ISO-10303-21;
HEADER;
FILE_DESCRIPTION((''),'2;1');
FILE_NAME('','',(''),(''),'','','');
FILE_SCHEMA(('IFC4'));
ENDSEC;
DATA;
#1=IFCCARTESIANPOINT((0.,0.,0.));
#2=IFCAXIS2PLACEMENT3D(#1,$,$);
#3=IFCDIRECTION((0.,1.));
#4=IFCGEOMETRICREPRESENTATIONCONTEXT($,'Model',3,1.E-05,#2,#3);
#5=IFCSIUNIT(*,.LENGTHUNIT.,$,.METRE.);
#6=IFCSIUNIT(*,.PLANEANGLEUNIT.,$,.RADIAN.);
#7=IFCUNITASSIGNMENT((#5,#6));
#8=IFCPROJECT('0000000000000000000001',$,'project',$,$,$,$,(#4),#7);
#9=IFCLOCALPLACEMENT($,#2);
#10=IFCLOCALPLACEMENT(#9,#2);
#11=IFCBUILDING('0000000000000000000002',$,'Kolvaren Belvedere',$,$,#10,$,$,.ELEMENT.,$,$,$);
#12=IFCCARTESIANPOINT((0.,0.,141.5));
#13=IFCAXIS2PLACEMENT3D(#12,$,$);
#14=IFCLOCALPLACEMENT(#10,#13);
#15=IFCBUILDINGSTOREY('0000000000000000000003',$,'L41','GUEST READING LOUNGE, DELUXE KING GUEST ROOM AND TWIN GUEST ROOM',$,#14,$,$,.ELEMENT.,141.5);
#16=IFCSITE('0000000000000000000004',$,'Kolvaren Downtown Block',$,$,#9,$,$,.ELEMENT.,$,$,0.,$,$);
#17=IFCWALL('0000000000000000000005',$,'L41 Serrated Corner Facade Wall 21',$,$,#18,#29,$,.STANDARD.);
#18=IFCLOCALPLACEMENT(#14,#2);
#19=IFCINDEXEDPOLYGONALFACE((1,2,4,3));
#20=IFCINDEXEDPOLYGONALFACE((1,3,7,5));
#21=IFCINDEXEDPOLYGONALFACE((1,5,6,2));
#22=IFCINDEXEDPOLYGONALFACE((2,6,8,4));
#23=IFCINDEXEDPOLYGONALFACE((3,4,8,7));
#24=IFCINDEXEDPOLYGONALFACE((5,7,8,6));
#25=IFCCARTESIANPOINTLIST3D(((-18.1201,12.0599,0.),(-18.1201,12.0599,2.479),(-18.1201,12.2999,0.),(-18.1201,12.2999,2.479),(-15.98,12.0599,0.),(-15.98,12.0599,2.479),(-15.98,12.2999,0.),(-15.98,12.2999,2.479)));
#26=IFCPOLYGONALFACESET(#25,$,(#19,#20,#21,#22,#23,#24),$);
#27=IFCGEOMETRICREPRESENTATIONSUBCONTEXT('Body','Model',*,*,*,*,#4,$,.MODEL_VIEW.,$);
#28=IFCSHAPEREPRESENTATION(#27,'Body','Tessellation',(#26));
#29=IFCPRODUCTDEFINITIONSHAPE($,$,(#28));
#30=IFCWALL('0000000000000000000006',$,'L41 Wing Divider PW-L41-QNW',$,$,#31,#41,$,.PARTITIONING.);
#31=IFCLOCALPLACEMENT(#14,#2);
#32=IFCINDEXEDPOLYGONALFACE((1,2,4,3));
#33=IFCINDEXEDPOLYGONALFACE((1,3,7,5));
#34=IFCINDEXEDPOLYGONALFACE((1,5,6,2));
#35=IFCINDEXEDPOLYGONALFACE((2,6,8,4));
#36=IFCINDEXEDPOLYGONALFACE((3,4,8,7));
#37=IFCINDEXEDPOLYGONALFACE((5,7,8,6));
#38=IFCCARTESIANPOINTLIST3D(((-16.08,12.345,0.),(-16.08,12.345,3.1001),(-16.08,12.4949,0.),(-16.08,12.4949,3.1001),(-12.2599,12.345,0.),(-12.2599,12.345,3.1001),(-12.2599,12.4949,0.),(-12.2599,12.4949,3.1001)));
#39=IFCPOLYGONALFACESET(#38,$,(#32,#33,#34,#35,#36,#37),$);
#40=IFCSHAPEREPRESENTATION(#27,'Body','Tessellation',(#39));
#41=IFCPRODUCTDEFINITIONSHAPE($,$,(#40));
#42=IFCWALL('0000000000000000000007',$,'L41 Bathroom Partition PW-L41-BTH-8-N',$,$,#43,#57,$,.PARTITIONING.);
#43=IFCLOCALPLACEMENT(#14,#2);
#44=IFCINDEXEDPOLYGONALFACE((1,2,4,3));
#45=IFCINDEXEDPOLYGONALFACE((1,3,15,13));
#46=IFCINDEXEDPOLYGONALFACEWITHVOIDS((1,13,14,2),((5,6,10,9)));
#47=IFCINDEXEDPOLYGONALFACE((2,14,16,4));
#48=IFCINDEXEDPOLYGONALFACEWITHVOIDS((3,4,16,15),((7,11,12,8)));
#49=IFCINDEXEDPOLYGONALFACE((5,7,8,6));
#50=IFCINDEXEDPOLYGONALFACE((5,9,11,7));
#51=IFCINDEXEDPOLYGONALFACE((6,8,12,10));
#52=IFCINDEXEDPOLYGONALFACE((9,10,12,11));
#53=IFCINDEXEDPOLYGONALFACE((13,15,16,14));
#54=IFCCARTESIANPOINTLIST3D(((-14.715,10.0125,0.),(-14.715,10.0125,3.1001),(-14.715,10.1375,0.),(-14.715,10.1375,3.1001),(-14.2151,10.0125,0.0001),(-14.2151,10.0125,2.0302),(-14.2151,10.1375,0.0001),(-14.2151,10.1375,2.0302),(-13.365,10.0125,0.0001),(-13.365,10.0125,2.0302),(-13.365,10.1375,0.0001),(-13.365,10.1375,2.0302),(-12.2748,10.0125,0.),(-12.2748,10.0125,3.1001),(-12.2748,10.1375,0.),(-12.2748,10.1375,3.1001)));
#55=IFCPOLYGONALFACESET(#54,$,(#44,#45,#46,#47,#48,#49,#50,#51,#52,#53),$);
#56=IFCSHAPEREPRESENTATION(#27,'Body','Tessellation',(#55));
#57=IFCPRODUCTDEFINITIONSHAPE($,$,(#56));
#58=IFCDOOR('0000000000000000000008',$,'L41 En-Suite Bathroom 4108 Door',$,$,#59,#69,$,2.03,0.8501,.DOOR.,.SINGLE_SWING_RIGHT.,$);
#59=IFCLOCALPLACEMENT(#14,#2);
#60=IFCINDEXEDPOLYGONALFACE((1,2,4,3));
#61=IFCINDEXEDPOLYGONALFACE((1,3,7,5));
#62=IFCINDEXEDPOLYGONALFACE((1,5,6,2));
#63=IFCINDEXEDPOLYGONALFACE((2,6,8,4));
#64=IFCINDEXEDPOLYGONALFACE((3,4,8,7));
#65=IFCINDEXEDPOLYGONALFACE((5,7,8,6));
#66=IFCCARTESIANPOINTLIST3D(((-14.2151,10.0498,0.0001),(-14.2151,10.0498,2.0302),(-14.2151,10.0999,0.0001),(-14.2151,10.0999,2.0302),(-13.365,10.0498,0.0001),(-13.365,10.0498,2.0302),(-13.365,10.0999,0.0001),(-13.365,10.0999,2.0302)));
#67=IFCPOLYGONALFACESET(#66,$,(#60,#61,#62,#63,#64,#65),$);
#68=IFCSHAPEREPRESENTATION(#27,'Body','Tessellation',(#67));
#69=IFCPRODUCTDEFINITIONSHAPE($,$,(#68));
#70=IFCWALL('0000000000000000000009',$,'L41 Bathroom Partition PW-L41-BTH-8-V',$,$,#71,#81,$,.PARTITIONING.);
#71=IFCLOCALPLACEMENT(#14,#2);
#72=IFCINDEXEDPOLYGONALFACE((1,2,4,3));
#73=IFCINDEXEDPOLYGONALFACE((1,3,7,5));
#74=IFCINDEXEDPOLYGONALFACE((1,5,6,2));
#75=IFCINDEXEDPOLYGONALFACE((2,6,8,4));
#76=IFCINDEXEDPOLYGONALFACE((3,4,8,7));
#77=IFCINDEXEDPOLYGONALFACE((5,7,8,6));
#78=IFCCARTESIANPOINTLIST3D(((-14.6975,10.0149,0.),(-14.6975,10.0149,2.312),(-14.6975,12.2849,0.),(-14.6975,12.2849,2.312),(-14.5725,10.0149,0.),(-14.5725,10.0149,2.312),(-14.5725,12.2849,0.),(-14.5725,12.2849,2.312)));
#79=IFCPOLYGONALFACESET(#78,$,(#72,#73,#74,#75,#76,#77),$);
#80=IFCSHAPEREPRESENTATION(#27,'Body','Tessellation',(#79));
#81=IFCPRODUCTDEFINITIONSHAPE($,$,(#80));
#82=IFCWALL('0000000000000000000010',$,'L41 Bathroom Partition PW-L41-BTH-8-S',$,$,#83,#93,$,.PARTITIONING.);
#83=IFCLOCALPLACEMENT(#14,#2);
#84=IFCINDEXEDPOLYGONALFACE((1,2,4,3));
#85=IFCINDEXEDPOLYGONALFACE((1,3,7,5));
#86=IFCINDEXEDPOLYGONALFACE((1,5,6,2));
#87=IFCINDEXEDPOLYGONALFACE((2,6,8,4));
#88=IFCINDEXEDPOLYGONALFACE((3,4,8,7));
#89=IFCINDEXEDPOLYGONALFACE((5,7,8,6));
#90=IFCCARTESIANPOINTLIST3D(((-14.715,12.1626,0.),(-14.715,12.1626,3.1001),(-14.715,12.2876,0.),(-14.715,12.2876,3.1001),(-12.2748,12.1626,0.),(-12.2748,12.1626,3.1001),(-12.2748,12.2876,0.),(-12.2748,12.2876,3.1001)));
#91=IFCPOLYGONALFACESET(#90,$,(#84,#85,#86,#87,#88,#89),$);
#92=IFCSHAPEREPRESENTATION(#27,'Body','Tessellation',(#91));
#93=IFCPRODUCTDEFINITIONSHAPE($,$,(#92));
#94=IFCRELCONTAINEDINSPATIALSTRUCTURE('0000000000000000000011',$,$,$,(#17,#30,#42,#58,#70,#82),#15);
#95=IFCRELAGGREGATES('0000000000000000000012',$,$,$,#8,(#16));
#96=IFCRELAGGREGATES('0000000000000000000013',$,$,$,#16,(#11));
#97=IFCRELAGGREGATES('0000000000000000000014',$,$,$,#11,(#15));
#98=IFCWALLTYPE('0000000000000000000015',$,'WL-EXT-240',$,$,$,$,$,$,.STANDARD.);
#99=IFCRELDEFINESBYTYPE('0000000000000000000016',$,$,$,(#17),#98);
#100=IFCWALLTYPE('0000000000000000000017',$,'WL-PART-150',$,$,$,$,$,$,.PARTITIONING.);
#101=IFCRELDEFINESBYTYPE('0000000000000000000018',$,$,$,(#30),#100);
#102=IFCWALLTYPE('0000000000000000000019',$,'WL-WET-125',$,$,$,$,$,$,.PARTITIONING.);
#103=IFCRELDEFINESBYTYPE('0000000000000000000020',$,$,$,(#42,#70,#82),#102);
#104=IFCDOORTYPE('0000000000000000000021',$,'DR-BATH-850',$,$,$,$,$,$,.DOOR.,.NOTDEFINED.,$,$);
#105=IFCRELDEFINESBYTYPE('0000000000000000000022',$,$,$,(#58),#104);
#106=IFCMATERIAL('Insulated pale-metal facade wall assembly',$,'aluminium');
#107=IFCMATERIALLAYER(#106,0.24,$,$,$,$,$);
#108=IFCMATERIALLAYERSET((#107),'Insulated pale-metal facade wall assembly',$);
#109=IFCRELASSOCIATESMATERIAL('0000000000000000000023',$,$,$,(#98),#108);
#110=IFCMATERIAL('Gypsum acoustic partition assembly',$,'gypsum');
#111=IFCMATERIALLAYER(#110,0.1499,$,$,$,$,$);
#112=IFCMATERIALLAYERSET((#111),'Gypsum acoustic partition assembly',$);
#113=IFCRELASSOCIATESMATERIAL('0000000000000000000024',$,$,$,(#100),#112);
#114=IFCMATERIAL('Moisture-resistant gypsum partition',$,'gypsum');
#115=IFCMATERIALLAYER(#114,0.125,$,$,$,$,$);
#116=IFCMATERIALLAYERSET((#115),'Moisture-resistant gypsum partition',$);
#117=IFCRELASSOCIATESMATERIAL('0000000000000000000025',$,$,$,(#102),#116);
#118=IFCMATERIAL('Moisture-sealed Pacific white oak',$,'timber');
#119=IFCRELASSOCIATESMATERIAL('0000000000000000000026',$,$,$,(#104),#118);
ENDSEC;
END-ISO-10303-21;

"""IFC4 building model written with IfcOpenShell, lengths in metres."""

from ifc_helpers import new_model, si_unit, direction, frame, frame_2d, origin, place, context, subcontext, project, spatial, rectangle, extrude, material, layer, layer_set, type_object, element, fill, save


model = new_model("IFC4")

# Units and contexts
model_context = context("Model", 3, precision=1e-05, world=origin(), true_north=direction((0.0, 1.0)))
body_context = subcontext(model_context, "Body", "Model", "MODEL_VIEW")
ifc_project = project(units=[si_unit("LENGTHUNIT", "METRE"), si_unit("PLANEANGLEUNIT", "RADIAN")], contexts=[model_context])

# Site, building, storey
site_placement = place(None, origin())
site = spatial("IfcSite", under=ifc_project, at=site_placement, Name="Kolvaren Downtown Block", CompositionType="ELEMENT", RefElevation=0.0)
building_placement = place(site_placement, origin())
building = spatial("IfcBuilding", under=site, at=building_placement, Name="Kolvaren Belvedere", CompositionType="ELEMENT")
storey_placement = place(building_placement, frame((0.0, 0.0, 141.5)))
storey = spatial("IfcBuildingStorey", under=building, at=storey_placement, Name="L41", Description="GUEST READING LOUNGE, DELUXE KING GUEST ROOM AND TWIN GUEST ROOM", CompositionType="ELEMENT", Elevation=141.5)

# Walls
ifc_material_1 = material(Name="Insulated pale-metal facade wall assembly", Category="aluminium")
ifc_layer_1 = layer(ifc_material_1, 0.24)
ifc_layer_set_1 = layer_set([ifc_layer_1], Name="Insulated pale-metal facade wall assembly")
wall_type_1 = type_object("IfcWallType", Name="WL-EXT-240", PredefinedType="STANDARD", material=ifc_layer_set_1)
for number, where, z_axis, x_axis, name in (
    (1, (-18.1201, 12.1799, 0.0), (0.0, 0.0, 1.0), (1.0, 0.0, 0.0), "L41 Serrated Corner Facade Wall 21"),
):
    element("IfcWall", number, at=place(storey_placement, frame(where, z_axis=z_axis, x_axis=x_axis)), inside=storey, type_object=wall_type_1, Name=name, PredefinedType="STANDARD", context=body_context, shape_type="SweptSolid", body=[
        extrude(rectangle(XDim=2.1401, YDim=0.24, at=frame_2d((1.0701, 0.0))), origin(), (0.0, 0.0, 1.0), 2.479),
    ])
ifc_material_2 = material(Name="Gypsum acoustic partition assembly", Category="gypsum")
ifc_layer_2 = layer(ifc_material_2, 0.1499)
ifc_layer_set_2 = layer_set([ifc_layer_2], Name="Gypsum acoustic partition assembly")
wall_type_2 = type_object("IfcWallType", Name="WL-PART-150", PredefinedType="PARTITIONING", material=ifc_layer_set_2)
wall_1_placement = place(storey_placement, frame((-16.0801, 12.4199, 0.0), z_axis=(0.0, 0.0, 1.0), x_axis=(1.0, 0.0, 0.0)))
element("IfcWall", 2, at=wall_1_placement, inside=storey, type_object=wall_type_2, Name="L41 Wing Divider PW-L41-QNW", PredefinedType="PARTITIONING", context=body_context, shape_type="SweptSolid", body=[
    extrude(rectangle(XDim=3.8201, YDim=0.1499, at=frame_2d((1.9102, 0.0))), origin(), (0.0, 0.0, 1.0), 3.1001),
])

# Wall, opening, door
ifc_material_3 = material(Name="Moisture-resistant gypsum partition", Category="gypsum")
ifc_layer_3 = layer(ifc_material_3, 0.125)
ifc_layer_set_3 = layer_set([ifc_layer_3], Name="Moisture-resistant gypsum partition")
wall_type_3 = type_object("IfcWallType", Name="WL-WET-125", PredefinedType="PARTITIONING", material=ifc_layer_set_3)
wall_2_placement = place(storey_placement, frame((-14.7151, 10.075, 0.0), z_axis=(0.0, 0.0, 1.0), x_axis=(1.0, 0.0, 0.0)))
wall_2 = element("IfcWall", 3, at=wall_2_placement, inside=storey, type_object=wall_type_3, Name="L41 Bathroom Partition PW-L41-BTH-8-N", PredefinedType="PARTITIONING", context=body_context, shape_type="SweptSolid", body=[
    extrude(rectangle(XDim=2.4402, YDim=0.125, at=frame_2d((1.2202, 0.0))), origin(), (0.0, 0.0, 1.0), 3.1001),
])
opening_1_placement = place(wall_2_placement, frame((0.5, 0.0, 0.0)))
opening_1 = element("IfcOpeningElement", 4, at=opening_1_placement, cuts=wall_2, PredefinedType="OPENING", context=body_context, shape_type="SweptSolid", body=[
    extrude(rectangle(XDim=0.8501, YDim=2.03, at=frame_2d((0.425, 1.0151))), frame((0.0, 0.0725, 0.0), z_axis=(0.0, -1.0, 0.0), x_axis=(1.0, 0.0, 0.0)), (0.0, 0.0, 1.0), 0.145),
])
ifc_material_4 = material(Name="Moisture-sealed Pacific white oak", Category="timber")
door_type_1 = type_object("IfcDoorType", Name="DR-BATH-850", OperationType="NOTDEFINED", PredefinedType="DOOR", material=ifc_material_4)
door_1_placement = place(opening_1_placement, origin())
door_1 = element("IfcDoor", 5, at=door_1_placement, inside=storey, type_object=door_type_1, Name="L41 En-Suite Bathroom 4108 Door", OperationType="SINGLE_SWING_RIGHT", OverallHeight=2.03, OverallWidth=0.8501, PredefinedType="DOOR", context=body_context, shape_type="SweptSolid", body=[
    extrude(rectangle(XDim=0.8501, YDim=2.03, at=frame_2d((0.425, 1.0151))), frame((0.0, 0.0249, 0.0), z_axis=(0.0, -1.0, 0.0), x_axis=(1.0, 0.0, 0.0)), (0.0, 0.0, 1.0), 0.05),
])
fill(opening_1, door_1)

# Walls
wall_3_placement = place(storey_placement, frame((-14.635, 10.0149, 0.0), z_axis=(0.0, 0.0, 1.0), x_axis=(0.0, 1.0, 0.0)))
element("IfcWall", 6, at=wall_3_placement, inside=storey, type_object=wall_type_3, Name="L41 Bathroom Partition PW-L41-BTH-8-V", PredefinedType="PARTITIONING", context=body_context, shape_type="SweptSolid", body=[
    extrude(rectangle(XDim=2.27, YDim=0.125, at=frame_2d((1.135, 0.0))), origin(), (0.0, 0.0, 1.0), 2.312),
])
wall_4_placement = place(storey_placement, frame((-14.7151, 12.2251, 0.0), z_axis=(0.0, 0.0, 1.0), x_axis=(1.0, 0.0, 0.0)))
element("IfcWall", 7, at=wall_4_placement, inside=storey, type_object=wall_type_3, Name="L41 Bathroom Partition PW-L41-BTH-8-S", PredefinedType="PARTITIONING", context=body_context, shape_type="SweptSolid", body=[
    extrude(rectangle(XDim=2.4402, YDim=0.125, at=frame_2d((1.2202, 0.0))), origin(), (0.0, 0.0, 1.0), 3.1001),
])

save(model, "model.ifc")
